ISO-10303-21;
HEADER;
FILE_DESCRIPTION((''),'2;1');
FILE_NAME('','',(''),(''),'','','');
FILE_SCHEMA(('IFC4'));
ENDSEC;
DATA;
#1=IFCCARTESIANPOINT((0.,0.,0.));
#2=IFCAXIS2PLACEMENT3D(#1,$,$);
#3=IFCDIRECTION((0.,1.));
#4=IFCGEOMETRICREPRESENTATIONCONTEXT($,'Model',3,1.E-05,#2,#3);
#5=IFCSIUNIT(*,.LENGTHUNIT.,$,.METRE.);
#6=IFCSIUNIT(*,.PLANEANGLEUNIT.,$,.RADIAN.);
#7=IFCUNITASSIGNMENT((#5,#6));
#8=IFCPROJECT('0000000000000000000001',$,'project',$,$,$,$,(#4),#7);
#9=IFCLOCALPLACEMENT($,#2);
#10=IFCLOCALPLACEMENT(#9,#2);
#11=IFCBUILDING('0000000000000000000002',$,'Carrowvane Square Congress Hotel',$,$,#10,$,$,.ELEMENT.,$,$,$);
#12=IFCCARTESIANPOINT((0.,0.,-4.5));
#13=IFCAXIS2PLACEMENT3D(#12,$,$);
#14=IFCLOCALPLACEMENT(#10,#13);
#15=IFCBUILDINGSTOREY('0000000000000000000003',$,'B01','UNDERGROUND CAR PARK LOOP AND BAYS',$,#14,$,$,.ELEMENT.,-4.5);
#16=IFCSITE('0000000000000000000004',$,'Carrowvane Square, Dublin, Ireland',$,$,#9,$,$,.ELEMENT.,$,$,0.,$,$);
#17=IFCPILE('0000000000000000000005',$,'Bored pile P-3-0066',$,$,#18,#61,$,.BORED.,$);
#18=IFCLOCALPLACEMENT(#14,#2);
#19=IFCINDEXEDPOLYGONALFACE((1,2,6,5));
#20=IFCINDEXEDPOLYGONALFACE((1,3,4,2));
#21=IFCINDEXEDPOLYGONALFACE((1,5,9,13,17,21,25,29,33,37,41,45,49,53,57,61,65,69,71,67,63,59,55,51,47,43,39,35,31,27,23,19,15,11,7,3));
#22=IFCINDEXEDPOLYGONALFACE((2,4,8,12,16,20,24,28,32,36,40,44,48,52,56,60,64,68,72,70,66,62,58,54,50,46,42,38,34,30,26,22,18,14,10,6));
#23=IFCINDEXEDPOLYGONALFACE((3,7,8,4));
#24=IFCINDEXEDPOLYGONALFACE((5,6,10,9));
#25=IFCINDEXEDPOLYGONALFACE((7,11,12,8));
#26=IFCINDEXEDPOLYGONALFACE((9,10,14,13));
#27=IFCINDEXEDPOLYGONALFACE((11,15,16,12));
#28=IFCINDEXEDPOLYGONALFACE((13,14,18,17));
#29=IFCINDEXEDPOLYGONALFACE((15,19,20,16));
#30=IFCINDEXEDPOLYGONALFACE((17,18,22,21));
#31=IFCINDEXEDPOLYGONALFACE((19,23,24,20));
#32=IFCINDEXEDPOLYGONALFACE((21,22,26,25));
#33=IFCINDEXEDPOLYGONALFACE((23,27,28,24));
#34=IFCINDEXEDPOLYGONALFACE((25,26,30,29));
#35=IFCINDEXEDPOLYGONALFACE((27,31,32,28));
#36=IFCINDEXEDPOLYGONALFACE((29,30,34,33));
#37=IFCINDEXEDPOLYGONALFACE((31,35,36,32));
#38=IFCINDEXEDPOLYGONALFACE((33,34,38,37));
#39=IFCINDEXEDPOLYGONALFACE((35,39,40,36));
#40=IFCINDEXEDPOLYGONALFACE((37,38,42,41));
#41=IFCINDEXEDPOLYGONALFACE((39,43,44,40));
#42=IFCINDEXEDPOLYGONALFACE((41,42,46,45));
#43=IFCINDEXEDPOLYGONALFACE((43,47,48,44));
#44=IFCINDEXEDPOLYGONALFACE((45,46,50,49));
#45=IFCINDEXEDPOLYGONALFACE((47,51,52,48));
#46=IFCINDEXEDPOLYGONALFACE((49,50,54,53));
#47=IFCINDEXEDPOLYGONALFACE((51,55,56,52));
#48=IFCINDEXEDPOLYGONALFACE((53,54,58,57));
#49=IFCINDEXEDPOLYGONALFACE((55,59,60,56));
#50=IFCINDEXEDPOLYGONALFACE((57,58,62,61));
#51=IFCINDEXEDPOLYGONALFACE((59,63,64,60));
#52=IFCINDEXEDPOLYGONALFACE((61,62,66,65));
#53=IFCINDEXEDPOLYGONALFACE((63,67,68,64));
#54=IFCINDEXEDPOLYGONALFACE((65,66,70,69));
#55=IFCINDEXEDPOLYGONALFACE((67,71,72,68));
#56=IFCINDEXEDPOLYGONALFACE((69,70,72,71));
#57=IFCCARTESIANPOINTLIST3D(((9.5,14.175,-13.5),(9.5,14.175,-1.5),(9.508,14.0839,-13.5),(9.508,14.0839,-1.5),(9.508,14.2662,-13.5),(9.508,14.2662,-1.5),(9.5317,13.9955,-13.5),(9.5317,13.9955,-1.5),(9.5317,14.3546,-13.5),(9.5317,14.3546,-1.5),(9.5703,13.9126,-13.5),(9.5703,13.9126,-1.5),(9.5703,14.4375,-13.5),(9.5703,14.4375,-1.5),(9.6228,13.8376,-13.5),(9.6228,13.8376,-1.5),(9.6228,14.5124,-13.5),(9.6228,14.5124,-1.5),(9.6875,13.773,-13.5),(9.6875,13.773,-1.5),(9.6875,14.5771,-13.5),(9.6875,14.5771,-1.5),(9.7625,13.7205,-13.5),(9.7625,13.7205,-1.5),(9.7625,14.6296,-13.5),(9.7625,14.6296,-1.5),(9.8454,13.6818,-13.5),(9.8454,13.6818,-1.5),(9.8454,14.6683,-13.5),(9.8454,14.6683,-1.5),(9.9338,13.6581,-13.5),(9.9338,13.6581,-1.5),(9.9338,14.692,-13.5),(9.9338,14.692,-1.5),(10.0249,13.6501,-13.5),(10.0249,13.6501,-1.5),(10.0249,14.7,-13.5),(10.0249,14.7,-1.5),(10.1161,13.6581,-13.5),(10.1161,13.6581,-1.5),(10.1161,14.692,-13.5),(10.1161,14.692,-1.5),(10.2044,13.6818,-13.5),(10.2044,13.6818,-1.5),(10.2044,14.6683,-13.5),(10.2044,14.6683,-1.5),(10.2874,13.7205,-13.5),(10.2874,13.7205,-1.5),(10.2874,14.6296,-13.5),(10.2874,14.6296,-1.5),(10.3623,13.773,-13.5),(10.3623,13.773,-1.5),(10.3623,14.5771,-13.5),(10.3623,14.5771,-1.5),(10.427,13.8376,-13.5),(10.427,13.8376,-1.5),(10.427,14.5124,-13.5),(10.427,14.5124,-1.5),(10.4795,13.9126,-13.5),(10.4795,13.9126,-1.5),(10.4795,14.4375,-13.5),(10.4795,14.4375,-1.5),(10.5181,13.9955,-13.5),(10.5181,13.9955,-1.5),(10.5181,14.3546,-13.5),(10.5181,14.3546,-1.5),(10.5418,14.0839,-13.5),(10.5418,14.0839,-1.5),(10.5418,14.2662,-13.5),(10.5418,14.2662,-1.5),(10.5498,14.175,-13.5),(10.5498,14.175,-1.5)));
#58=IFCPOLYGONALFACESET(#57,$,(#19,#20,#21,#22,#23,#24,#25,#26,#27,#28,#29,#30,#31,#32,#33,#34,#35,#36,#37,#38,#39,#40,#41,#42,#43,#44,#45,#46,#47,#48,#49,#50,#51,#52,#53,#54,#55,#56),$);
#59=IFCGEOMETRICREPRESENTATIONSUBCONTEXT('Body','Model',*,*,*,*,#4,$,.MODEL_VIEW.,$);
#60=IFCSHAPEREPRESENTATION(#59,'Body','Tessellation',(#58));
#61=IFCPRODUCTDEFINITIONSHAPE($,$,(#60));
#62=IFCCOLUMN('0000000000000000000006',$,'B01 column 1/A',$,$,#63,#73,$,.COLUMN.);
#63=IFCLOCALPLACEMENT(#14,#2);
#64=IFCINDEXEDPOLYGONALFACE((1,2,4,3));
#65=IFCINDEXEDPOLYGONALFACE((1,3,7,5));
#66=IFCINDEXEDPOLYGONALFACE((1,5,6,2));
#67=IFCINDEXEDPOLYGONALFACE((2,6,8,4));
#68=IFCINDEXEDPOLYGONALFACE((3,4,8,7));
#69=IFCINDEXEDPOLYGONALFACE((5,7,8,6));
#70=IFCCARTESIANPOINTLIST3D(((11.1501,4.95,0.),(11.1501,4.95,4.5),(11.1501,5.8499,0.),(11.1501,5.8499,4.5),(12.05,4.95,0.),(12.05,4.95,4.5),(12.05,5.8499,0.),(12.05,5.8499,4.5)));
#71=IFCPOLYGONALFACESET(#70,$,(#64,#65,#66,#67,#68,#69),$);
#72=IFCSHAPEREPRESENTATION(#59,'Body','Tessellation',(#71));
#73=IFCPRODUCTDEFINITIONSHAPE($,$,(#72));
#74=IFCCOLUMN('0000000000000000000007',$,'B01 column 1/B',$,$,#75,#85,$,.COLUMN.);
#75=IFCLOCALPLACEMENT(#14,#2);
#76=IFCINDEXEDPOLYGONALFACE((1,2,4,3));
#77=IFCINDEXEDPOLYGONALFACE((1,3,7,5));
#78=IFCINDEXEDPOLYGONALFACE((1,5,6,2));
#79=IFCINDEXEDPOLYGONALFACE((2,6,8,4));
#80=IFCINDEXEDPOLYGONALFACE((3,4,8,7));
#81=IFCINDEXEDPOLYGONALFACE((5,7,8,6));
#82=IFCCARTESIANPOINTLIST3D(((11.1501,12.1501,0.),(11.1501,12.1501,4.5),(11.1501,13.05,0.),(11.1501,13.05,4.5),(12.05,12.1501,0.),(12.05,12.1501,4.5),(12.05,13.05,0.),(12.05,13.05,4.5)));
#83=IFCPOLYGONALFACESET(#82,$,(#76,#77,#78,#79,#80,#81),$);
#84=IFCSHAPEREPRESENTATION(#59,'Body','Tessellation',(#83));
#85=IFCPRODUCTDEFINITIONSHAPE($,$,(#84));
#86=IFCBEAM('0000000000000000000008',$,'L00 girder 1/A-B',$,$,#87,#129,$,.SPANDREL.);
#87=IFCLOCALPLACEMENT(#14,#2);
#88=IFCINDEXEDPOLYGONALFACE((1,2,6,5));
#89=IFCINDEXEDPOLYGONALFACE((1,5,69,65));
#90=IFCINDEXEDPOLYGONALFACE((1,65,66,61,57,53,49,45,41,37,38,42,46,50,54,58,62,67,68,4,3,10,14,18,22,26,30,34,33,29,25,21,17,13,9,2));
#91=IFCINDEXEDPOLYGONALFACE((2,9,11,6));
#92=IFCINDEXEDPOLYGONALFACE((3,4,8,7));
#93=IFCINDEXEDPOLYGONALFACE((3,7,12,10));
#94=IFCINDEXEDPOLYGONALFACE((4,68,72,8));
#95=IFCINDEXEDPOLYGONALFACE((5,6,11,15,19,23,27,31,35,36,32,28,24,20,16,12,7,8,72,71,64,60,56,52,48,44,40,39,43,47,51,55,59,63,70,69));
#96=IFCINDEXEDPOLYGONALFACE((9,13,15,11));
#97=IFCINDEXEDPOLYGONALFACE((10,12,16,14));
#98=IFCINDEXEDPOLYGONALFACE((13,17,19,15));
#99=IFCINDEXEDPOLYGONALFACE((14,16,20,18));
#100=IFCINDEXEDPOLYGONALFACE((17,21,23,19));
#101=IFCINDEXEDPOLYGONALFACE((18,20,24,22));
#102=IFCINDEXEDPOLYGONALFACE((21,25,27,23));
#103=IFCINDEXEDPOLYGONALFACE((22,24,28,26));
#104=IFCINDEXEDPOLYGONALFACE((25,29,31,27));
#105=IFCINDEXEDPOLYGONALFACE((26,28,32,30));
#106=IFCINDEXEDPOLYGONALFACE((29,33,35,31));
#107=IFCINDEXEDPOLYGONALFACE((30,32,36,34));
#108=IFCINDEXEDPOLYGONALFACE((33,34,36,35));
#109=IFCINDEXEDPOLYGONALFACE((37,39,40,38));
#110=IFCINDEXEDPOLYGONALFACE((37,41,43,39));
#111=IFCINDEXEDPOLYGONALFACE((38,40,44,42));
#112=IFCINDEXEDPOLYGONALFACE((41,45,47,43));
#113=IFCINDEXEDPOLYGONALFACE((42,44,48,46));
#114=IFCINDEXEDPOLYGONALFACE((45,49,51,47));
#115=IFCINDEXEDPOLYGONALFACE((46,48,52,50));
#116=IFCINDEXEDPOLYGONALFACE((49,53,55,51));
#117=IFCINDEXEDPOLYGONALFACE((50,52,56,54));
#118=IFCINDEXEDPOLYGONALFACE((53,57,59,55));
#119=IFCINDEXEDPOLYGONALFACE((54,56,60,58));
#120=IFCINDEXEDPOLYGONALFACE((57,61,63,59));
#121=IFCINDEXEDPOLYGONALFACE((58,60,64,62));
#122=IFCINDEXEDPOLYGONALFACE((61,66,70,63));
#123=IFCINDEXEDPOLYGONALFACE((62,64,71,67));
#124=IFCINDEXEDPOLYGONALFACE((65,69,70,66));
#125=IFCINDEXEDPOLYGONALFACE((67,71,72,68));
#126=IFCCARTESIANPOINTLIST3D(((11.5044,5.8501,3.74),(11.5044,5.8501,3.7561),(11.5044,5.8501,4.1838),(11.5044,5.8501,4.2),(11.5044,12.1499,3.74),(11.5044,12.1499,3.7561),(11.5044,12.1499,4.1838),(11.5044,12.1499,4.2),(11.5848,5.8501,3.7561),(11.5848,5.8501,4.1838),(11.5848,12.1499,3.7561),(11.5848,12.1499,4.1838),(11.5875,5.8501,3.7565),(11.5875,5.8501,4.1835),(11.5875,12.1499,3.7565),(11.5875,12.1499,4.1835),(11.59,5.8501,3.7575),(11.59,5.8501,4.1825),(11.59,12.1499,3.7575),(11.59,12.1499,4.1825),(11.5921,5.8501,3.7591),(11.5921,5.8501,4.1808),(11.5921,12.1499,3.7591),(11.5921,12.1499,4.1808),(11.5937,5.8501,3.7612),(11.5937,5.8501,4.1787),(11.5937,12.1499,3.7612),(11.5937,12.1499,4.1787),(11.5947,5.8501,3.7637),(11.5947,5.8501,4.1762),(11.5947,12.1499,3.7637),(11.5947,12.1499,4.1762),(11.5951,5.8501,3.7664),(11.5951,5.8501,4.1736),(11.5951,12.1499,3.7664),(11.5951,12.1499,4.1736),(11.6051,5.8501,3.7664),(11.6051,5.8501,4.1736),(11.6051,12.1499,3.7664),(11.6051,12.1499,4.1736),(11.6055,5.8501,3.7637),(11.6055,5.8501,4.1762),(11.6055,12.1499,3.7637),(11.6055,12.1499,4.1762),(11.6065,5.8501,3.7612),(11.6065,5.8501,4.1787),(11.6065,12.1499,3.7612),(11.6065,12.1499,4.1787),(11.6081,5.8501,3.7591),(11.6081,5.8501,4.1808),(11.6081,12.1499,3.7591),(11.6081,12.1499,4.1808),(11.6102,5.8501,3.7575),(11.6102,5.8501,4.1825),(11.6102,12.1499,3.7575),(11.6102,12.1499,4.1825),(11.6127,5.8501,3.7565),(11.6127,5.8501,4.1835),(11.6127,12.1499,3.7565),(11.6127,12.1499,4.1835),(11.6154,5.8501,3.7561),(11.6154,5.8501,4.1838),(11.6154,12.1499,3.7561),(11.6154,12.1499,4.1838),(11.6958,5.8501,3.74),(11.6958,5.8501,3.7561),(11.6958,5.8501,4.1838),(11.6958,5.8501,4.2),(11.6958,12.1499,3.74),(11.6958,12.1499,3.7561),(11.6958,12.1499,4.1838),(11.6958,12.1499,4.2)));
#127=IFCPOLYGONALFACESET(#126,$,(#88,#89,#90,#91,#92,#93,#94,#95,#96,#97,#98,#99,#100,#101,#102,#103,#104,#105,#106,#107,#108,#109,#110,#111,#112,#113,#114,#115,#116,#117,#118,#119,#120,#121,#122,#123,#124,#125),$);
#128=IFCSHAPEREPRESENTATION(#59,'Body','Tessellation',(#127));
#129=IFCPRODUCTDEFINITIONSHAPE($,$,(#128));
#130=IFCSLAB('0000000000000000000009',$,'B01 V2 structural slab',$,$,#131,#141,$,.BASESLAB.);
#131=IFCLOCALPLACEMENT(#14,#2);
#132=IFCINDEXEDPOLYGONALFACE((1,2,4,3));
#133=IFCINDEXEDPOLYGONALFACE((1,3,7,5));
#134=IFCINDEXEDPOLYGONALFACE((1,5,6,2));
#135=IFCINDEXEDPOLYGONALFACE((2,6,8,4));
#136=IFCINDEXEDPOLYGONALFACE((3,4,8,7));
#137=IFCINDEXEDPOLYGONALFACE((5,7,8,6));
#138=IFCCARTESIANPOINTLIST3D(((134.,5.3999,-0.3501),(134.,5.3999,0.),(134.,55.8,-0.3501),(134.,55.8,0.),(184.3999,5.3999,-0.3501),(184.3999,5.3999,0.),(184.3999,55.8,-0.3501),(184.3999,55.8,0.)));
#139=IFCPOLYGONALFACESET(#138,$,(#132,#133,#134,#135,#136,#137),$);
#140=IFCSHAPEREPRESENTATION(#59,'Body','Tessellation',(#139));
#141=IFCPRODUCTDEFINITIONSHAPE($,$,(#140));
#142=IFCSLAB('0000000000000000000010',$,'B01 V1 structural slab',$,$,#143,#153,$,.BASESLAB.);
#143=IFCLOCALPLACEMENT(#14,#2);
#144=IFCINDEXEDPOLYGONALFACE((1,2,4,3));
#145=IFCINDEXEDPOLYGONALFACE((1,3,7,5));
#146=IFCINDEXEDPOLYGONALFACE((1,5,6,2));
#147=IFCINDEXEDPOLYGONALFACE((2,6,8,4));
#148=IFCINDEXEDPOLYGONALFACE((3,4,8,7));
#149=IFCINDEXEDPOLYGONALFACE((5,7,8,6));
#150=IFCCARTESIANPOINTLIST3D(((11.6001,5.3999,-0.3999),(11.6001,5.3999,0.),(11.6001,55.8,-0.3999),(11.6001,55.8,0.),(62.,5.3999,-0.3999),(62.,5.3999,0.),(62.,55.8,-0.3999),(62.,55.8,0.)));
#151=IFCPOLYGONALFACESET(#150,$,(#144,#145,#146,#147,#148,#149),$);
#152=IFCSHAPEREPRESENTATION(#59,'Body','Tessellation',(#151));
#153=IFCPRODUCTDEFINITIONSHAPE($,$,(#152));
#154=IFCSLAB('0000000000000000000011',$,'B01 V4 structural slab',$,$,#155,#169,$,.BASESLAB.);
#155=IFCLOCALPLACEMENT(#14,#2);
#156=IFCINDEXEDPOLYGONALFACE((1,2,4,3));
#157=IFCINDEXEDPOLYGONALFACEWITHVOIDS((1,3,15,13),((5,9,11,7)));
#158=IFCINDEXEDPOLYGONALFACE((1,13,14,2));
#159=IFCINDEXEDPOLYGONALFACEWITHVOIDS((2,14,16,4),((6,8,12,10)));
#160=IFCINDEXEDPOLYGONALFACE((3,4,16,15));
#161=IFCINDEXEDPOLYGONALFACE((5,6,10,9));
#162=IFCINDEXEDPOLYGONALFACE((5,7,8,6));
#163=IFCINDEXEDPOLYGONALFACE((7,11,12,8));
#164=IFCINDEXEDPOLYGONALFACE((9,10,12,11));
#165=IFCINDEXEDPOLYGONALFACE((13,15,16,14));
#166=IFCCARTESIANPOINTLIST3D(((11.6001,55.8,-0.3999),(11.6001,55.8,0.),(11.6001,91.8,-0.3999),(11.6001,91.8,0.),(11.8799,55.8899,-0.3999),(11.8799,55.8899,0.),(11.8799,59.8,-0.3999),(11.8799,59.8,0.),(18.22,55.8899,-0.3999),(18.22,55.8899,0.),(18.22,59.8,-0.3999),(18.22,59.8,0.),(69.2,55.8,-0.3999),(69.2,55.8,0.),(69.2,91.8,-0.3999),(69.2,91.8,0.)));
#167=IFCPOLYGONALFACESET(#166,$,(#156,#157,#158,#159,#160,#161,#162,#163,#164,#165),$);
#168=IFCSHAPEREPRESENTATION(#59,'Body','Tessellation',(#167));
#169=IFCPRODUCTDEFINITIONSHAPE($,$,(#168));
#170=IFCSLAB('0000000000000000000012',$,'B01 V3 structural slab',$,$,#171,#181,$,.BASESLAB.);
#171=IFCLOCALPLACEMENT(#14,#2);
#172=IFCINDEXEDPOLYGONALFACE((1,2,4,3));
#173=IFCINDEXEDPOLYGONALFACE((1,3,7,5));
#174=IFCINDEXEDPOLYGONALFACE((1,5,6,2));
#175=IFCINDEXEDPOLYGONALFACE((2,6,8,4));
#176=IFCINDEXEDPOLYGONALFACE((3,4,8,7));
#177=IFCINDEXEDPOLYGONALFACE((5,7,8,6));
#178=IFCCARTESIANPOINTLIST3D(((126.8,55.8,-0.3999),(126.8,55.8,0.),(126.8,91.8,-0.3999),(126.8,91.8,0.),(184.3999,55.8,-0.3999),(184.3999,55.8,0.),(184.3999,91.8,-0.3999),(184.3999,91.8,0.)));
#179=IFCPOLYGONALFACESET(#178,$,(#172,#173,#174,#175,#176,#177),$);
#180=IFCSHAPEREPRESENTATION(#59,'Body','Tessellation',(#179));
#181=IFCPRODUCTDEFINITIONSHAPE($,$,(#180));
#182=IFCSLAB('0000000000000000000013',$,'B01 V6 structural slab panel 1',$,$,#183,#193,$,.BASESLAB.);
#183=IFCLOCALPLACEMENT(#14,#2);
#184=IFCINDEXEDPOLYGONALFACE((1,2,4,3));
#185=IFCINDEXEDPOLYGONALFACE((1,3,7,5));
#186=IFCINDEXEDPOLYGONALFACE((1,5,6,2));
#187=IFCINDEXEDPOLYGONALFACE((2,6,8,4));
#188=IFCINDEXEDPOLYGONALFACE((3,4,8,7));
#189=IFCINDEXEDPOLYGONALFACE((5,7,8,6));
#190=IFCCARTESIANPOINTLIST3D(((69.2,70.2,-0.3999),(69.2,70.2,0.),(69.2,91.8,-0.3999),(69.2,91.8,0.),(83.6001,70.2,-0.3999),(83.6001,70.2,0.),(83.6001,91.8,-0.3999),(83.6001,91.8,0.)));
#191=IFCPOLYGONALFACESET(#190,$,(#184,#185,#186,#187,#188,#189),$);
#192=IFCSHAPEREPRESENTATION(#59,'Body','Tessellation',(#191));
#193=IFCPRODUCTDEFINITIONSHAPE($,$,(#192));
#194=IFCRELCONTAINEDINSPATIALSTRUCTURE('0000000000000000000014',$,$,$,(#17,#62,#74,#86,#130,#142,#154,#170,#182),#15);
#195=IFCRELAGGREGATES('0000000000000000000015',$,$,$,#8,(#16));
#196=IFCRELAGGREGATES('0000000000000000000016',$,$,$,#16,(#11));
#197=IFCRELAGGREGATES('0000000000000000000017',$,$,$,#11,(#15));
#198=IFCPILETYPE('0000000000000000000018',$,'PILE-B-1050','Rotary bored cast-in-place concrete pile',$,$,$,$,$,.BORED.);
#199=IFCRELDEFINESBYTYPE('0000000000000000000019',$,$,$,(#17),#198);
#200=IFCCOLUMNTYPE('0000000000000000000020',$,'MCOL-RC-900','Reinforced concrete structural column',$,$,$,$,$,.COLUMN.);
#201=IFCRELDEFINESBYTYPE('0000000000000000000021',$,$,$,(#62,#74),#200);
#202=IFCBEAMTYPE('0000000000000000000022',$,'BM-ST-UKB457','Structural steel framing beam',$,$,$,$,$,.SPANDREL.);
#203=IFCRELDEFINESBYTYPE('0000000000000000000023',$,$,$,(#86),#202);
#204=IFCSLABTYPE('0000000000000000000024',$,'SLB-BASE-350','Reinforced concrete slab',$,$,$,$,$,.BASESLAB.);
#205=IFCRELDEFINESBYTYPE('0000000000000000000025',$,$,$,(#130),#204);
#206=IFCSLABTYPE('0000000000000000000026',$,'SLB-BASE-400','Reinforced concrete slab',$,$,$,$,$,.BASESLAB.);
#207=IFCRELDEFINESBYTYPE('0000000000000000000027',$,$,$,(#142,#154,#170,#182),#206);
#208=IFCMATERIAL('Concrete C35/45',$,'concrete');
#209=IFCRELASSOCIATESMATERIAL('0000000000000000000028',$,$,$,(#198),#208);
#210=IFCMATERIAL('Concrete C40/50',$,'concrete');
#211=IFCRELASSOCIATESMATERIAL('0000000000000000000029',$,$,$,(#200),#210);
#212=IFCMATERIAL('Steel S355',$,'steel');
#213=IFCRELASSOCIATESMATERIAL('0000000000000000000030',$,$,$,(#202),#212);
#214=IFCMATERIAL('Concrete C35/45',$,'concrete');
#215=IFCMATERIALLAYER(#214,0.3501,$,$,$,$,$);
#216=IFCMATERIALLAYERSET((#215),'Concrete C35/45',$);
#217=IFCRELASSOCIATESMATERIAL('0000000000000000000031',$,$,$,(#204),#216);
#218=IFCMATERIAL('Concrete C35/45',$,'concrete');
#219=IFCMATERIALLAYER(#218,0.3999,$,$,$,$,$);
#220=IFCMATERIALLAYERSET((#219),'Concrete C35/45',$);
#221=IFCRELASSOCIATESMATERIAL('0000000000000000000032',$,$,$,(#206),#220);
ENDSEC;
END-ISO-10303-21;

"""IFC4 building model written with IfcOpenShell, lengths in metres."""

from ifc_helpers import new_model, si_unit, direction, frame, origin, origin_2d, place, context, subcontext, project, spatial, polyline, rectangle, circle, i_section, outline, extrude, material, layer, layer_set, material_profile, profile_set, type_object, element, save


model = new_model("IFC4")

# Units and contexts
model_context = context("Model", 3, precision=1e-05, world=origin(), true_north=direction((0.0, 1.0)))
body_context = subcontext(model_context, "Body", "Model", "MODEL_VIEW")
ifc_project = project(units=[si_unit("LENGTHUNIT", "METRE"), si_unit("PLANEANGLEUNIT", "RADIAN")], contexts=[model_context])

# Site, building, storey
site_placement = place(None, origin())
site = spatial("IfcSite", under=ifc_project, at=site_placement, Name="Carrowvane Square, Dublin, Ireland", CompositionType="ELEMENT", RefElevation=0.0)
building_placement = place(site_placement, origin())
building = spatial("IfcBuilding", under=site, at=building_placement, Name="Carrowvane Square Congress Hotel", CompositionType="ELEMENT")
storey_placement = place(building_placement, frame((0.0, 0.0, -4.5)))
storey = spatial("IfcBuildingStorey", under=building, at=storey_placement, Name="B01", Description="UNDERGROUND CAR PARK LOOP AND BAYS", CompositionType="ELEMENT", Elevation=-4.5)

# Pile
ifc_material_1 = material(Name="Concrete C35/45", Category="concrete")
ifc_material_profile_1 = material_profile(ifc_material_1, circle(Radius=0.5249, at=origin_2d()), Name="PILE D1050")
ifc_profile_set_1 = profile_set([ifc_material_profile_1], Name="Concrete C35/45")
pile_type = type_object("IfcPileType", Name="PILE-B-1050", Description="Rotary bored cast-in-place concrete pile", PredefinedType="BORED", material=ifc_profile_set_1)
for number, where, z_axis, x_axis, name in (
    (1, (10.0249, 14.175, -1.5), (0.0, 0.0, -1.0), (1.0, 0.0, 0.0), "Bored pile P-3-0066"),
):
    element("IfcPile", number, at=place(storey_placement, frame(where, z_axis=z_axis, x_axis=x_axis)), inside=storey, type_object=pile_type, Name=name, PredefinedType="BORED", context=body_context, shape_type="SweptSolid", body=[
        extrude(circle(Radius=0.5249, at=origin_2d()), origin(), (0.0, 0.0, 1.0), 12.0),
    ])

# Columns
ifc_material_2 = material(Name="Concrete C40/50", Category="concrete")
ifc_material_profile_2 = material_profile(ifc_material_2, rectangle(XDim=0.8999, YDim=0.8999, at=origin_2d()), Name="RC 900x900")
ifc_profile_set_2 = profile_set([ifc_material_profile_2], Name="Concrete C40/50")
column_type = type_object("IfcColumnType", Name="MCOL-RC-900", Description="Reinforced concrete structural column", PredefinedType="COLUMN", material=ifc_profile_set_2)
for number, where, z_axis, x_axis, name in (
    (2, (11.6001, 5.3999, 0.0), (0.0, 0.0, 1.0), (1.0, 0.0, 0.0), "B01 column 1/A"),
    (3, (11.6001, 12.6001, 0.0), (0.0, 0.0, 1.0), (1.0, 0.0, 0.0), "B01 column 1/B"),
):
    element("IfcColumn", number, at=place(storey_placement, frame(where, z_axis=z_axis, x_axis=x_axis)), inside=storey, type_object=column_type, Name=name, PredefinedType="COLUMN", context=body_context, shape_type="SweptSolid", body=[
        extrude(rectangle(XDim=0.8999, YDim=0.8999, at=origin_2d()), origin(), (0.0, 0.0, 1.0), 4.5),
    ])

# Beam
ifc_material_3 = material(Name="Steel S355", Category="steel")
ifc_material_profile_3 = material_profile(ifc_material_3, i_section(OverallWidth=0.1914, OverallDepth=0.46, WebThickness=0.01, FlangeThickness=0.0161, FilletRadius=0.0103, at=origin_2d()), Name="UKB 457x191x82")
ifc_profile_set_3 = profile_set([ifc_material_profile_3], Name="Steel S355")
beam_type = type_object("IfcBeamType", Name="BM-ST-UKB457", Description="Structural steel framing beam", PredefinedType="SPANDREL", material=ifc_profile_set_3)
beam_placement = place(storey_placement, frame((11.6001, 5.8501, 3.97), z_axis=(0.0, 1.0, 0.0), x_axis=(-1.0, 0.0, 0.0)))
element("IfcBeam", 4, at=beam_placement, inside=storey, type_object=beam_type, Name="L00 girder 1/A-B", PredefinedType="SPANDREL", context=body_context, shape_type="SweptSolid", body=[
    extrude(i_section(OverallWidth=0.1914, OverallDepth=0.46, WebThickness=0.01, FlangeThickness=0.0161, FilletRadius=0.0103, at=origin_2d()), origin(), (0.0, 0.0, 1.0), 6.2998),
])

# Slabs
ifc_material_4 = material(Name="Concrete C35/45", Category="concrete")
ifc_layer_1 = layer(ifc_material_4, 0.3501)
ifc_layer_set_1 = layer_set([ifc_layer_1], Name="Concrete C35/45")
slab_type_1 = type_object("IfcSlabType", Name="SLB-BASE-350", Description="Reinforced concrete slab", PredefinedType="BASESLAB", material=ifc_layer_set_1)
slab_1_placement = place(storey_placement, frame((0.0, 0.0, -0.3501)))
element("IfcSlab", 5, at=slab_1_placement, inside=storey, type_object=slab_type_1, Name="B01 V2 structural slab", PredefinedType="BASESLAB", context=body_context, shape_type="SweptSolid", body=[
    extrude(outline(polyline([(134.0, 5.3999), (184.3999, 5.3999), (184.3999, 55.8), (134.0, 55.8), (134.0, 5.3999)])), origin(), (0.0, 0.0, 1.0), 0.3501),
])
ifc_material_5 = material(Name="Concrete C35/45", Category="concrete")
ifc_layer_2 = layer(ifc_material_5, 0.3999)
ifc_layer_set_2 = layer_set([ifc_layer_2], Name="Concrete C35/45")
slab_type_2 = type_object("IfcSlabType", Name="SLB-BASE-400", Description="Reinforced concrete slab", PredefinedType="BASESLAB", material=ifc_layer_set_2)
slab_2_placement = place(storey_placement, frame((0.0, 0.0, -0.3999)))
element("IfcSlab", 6, at=slab_2_placement, inside=storey, type_object=slab_type_2, Name="B01 V1 structural slab", PredefinedType="BASESLAB", context=body_context, shape_type="SweptSolid", body=[
    extrude(outline(polyline([(11.6001, 5.3999), (62.0, 5.3999), (62.0, 55.8), (11.6001, 55.8), (11.6001, 5.3999)])), origin(), (0.0, 0.0, 1.0), 0.3999),
])
slab_3_placement = place(storey_placement, frame((0.0, 0.0, -0.3999)))
element("IfcSlab", 7, at=slab_3_placement, inside=storey, type_object=slab_type_2, Name="B01 V4 structural slab", PredefinedType="BASESLAB", context=body_context, shape_type="SweptSolid", body=[
    extrude(outline(polyline([(11.6001, 55.8), (69.2, 55.8), (69.2, 91.8), (11.6001, 91.8), (11.6001, 55.8)]), holes=[polyline([(11.8799, 55.8899), (18.22, 55.8899), (18.22, 59.8), (11.8799, 59.8), (11.8799, 55.8899)])]), origin(), (0.0, 0.0, 1.0), 0.3999),
])
slab_4_placement = place(storey_placement, frame((0.0, 0.0, -0.3999)))
element("IfcSlab", 8, at=slab_4_placement, inside=storey, type_object=slab_type_2, Name="B01 V3 structural slab", PredefinedType="BASESLAB", context=body_context, shape_type="SweptSolid", body=[
    extrude(outline(polyline([(126.8, 55.8), (184.3999, 55.8), (184.3999, 91.8), (126.8, 91.8), (126.8, 55.8)])), origin(), (0.0, 0.0, 1.0), 0.3999),
])
slab_5_placement = place(storey_placement, frame((0.0, 0.0, -0.3999)))
element("IfcSlab", 9, at=slab_5_placement, inside=storey, type_object=slab_type_2, Name="B01 V6 structural slab panel 1", PredefinedType="BASESLAB", context=body_context, shape_type="SweptSolid", body=[
    extrude(outline(polyline([(69.2, 70.2), (83.6001, 70.2), (83.6001, 91.8), (69.2, 91.8), (69.2, 70.2)])), origin(), (0.0, 0.0, 1.0), 0.3999),
])

save(model, "model.ifc")
